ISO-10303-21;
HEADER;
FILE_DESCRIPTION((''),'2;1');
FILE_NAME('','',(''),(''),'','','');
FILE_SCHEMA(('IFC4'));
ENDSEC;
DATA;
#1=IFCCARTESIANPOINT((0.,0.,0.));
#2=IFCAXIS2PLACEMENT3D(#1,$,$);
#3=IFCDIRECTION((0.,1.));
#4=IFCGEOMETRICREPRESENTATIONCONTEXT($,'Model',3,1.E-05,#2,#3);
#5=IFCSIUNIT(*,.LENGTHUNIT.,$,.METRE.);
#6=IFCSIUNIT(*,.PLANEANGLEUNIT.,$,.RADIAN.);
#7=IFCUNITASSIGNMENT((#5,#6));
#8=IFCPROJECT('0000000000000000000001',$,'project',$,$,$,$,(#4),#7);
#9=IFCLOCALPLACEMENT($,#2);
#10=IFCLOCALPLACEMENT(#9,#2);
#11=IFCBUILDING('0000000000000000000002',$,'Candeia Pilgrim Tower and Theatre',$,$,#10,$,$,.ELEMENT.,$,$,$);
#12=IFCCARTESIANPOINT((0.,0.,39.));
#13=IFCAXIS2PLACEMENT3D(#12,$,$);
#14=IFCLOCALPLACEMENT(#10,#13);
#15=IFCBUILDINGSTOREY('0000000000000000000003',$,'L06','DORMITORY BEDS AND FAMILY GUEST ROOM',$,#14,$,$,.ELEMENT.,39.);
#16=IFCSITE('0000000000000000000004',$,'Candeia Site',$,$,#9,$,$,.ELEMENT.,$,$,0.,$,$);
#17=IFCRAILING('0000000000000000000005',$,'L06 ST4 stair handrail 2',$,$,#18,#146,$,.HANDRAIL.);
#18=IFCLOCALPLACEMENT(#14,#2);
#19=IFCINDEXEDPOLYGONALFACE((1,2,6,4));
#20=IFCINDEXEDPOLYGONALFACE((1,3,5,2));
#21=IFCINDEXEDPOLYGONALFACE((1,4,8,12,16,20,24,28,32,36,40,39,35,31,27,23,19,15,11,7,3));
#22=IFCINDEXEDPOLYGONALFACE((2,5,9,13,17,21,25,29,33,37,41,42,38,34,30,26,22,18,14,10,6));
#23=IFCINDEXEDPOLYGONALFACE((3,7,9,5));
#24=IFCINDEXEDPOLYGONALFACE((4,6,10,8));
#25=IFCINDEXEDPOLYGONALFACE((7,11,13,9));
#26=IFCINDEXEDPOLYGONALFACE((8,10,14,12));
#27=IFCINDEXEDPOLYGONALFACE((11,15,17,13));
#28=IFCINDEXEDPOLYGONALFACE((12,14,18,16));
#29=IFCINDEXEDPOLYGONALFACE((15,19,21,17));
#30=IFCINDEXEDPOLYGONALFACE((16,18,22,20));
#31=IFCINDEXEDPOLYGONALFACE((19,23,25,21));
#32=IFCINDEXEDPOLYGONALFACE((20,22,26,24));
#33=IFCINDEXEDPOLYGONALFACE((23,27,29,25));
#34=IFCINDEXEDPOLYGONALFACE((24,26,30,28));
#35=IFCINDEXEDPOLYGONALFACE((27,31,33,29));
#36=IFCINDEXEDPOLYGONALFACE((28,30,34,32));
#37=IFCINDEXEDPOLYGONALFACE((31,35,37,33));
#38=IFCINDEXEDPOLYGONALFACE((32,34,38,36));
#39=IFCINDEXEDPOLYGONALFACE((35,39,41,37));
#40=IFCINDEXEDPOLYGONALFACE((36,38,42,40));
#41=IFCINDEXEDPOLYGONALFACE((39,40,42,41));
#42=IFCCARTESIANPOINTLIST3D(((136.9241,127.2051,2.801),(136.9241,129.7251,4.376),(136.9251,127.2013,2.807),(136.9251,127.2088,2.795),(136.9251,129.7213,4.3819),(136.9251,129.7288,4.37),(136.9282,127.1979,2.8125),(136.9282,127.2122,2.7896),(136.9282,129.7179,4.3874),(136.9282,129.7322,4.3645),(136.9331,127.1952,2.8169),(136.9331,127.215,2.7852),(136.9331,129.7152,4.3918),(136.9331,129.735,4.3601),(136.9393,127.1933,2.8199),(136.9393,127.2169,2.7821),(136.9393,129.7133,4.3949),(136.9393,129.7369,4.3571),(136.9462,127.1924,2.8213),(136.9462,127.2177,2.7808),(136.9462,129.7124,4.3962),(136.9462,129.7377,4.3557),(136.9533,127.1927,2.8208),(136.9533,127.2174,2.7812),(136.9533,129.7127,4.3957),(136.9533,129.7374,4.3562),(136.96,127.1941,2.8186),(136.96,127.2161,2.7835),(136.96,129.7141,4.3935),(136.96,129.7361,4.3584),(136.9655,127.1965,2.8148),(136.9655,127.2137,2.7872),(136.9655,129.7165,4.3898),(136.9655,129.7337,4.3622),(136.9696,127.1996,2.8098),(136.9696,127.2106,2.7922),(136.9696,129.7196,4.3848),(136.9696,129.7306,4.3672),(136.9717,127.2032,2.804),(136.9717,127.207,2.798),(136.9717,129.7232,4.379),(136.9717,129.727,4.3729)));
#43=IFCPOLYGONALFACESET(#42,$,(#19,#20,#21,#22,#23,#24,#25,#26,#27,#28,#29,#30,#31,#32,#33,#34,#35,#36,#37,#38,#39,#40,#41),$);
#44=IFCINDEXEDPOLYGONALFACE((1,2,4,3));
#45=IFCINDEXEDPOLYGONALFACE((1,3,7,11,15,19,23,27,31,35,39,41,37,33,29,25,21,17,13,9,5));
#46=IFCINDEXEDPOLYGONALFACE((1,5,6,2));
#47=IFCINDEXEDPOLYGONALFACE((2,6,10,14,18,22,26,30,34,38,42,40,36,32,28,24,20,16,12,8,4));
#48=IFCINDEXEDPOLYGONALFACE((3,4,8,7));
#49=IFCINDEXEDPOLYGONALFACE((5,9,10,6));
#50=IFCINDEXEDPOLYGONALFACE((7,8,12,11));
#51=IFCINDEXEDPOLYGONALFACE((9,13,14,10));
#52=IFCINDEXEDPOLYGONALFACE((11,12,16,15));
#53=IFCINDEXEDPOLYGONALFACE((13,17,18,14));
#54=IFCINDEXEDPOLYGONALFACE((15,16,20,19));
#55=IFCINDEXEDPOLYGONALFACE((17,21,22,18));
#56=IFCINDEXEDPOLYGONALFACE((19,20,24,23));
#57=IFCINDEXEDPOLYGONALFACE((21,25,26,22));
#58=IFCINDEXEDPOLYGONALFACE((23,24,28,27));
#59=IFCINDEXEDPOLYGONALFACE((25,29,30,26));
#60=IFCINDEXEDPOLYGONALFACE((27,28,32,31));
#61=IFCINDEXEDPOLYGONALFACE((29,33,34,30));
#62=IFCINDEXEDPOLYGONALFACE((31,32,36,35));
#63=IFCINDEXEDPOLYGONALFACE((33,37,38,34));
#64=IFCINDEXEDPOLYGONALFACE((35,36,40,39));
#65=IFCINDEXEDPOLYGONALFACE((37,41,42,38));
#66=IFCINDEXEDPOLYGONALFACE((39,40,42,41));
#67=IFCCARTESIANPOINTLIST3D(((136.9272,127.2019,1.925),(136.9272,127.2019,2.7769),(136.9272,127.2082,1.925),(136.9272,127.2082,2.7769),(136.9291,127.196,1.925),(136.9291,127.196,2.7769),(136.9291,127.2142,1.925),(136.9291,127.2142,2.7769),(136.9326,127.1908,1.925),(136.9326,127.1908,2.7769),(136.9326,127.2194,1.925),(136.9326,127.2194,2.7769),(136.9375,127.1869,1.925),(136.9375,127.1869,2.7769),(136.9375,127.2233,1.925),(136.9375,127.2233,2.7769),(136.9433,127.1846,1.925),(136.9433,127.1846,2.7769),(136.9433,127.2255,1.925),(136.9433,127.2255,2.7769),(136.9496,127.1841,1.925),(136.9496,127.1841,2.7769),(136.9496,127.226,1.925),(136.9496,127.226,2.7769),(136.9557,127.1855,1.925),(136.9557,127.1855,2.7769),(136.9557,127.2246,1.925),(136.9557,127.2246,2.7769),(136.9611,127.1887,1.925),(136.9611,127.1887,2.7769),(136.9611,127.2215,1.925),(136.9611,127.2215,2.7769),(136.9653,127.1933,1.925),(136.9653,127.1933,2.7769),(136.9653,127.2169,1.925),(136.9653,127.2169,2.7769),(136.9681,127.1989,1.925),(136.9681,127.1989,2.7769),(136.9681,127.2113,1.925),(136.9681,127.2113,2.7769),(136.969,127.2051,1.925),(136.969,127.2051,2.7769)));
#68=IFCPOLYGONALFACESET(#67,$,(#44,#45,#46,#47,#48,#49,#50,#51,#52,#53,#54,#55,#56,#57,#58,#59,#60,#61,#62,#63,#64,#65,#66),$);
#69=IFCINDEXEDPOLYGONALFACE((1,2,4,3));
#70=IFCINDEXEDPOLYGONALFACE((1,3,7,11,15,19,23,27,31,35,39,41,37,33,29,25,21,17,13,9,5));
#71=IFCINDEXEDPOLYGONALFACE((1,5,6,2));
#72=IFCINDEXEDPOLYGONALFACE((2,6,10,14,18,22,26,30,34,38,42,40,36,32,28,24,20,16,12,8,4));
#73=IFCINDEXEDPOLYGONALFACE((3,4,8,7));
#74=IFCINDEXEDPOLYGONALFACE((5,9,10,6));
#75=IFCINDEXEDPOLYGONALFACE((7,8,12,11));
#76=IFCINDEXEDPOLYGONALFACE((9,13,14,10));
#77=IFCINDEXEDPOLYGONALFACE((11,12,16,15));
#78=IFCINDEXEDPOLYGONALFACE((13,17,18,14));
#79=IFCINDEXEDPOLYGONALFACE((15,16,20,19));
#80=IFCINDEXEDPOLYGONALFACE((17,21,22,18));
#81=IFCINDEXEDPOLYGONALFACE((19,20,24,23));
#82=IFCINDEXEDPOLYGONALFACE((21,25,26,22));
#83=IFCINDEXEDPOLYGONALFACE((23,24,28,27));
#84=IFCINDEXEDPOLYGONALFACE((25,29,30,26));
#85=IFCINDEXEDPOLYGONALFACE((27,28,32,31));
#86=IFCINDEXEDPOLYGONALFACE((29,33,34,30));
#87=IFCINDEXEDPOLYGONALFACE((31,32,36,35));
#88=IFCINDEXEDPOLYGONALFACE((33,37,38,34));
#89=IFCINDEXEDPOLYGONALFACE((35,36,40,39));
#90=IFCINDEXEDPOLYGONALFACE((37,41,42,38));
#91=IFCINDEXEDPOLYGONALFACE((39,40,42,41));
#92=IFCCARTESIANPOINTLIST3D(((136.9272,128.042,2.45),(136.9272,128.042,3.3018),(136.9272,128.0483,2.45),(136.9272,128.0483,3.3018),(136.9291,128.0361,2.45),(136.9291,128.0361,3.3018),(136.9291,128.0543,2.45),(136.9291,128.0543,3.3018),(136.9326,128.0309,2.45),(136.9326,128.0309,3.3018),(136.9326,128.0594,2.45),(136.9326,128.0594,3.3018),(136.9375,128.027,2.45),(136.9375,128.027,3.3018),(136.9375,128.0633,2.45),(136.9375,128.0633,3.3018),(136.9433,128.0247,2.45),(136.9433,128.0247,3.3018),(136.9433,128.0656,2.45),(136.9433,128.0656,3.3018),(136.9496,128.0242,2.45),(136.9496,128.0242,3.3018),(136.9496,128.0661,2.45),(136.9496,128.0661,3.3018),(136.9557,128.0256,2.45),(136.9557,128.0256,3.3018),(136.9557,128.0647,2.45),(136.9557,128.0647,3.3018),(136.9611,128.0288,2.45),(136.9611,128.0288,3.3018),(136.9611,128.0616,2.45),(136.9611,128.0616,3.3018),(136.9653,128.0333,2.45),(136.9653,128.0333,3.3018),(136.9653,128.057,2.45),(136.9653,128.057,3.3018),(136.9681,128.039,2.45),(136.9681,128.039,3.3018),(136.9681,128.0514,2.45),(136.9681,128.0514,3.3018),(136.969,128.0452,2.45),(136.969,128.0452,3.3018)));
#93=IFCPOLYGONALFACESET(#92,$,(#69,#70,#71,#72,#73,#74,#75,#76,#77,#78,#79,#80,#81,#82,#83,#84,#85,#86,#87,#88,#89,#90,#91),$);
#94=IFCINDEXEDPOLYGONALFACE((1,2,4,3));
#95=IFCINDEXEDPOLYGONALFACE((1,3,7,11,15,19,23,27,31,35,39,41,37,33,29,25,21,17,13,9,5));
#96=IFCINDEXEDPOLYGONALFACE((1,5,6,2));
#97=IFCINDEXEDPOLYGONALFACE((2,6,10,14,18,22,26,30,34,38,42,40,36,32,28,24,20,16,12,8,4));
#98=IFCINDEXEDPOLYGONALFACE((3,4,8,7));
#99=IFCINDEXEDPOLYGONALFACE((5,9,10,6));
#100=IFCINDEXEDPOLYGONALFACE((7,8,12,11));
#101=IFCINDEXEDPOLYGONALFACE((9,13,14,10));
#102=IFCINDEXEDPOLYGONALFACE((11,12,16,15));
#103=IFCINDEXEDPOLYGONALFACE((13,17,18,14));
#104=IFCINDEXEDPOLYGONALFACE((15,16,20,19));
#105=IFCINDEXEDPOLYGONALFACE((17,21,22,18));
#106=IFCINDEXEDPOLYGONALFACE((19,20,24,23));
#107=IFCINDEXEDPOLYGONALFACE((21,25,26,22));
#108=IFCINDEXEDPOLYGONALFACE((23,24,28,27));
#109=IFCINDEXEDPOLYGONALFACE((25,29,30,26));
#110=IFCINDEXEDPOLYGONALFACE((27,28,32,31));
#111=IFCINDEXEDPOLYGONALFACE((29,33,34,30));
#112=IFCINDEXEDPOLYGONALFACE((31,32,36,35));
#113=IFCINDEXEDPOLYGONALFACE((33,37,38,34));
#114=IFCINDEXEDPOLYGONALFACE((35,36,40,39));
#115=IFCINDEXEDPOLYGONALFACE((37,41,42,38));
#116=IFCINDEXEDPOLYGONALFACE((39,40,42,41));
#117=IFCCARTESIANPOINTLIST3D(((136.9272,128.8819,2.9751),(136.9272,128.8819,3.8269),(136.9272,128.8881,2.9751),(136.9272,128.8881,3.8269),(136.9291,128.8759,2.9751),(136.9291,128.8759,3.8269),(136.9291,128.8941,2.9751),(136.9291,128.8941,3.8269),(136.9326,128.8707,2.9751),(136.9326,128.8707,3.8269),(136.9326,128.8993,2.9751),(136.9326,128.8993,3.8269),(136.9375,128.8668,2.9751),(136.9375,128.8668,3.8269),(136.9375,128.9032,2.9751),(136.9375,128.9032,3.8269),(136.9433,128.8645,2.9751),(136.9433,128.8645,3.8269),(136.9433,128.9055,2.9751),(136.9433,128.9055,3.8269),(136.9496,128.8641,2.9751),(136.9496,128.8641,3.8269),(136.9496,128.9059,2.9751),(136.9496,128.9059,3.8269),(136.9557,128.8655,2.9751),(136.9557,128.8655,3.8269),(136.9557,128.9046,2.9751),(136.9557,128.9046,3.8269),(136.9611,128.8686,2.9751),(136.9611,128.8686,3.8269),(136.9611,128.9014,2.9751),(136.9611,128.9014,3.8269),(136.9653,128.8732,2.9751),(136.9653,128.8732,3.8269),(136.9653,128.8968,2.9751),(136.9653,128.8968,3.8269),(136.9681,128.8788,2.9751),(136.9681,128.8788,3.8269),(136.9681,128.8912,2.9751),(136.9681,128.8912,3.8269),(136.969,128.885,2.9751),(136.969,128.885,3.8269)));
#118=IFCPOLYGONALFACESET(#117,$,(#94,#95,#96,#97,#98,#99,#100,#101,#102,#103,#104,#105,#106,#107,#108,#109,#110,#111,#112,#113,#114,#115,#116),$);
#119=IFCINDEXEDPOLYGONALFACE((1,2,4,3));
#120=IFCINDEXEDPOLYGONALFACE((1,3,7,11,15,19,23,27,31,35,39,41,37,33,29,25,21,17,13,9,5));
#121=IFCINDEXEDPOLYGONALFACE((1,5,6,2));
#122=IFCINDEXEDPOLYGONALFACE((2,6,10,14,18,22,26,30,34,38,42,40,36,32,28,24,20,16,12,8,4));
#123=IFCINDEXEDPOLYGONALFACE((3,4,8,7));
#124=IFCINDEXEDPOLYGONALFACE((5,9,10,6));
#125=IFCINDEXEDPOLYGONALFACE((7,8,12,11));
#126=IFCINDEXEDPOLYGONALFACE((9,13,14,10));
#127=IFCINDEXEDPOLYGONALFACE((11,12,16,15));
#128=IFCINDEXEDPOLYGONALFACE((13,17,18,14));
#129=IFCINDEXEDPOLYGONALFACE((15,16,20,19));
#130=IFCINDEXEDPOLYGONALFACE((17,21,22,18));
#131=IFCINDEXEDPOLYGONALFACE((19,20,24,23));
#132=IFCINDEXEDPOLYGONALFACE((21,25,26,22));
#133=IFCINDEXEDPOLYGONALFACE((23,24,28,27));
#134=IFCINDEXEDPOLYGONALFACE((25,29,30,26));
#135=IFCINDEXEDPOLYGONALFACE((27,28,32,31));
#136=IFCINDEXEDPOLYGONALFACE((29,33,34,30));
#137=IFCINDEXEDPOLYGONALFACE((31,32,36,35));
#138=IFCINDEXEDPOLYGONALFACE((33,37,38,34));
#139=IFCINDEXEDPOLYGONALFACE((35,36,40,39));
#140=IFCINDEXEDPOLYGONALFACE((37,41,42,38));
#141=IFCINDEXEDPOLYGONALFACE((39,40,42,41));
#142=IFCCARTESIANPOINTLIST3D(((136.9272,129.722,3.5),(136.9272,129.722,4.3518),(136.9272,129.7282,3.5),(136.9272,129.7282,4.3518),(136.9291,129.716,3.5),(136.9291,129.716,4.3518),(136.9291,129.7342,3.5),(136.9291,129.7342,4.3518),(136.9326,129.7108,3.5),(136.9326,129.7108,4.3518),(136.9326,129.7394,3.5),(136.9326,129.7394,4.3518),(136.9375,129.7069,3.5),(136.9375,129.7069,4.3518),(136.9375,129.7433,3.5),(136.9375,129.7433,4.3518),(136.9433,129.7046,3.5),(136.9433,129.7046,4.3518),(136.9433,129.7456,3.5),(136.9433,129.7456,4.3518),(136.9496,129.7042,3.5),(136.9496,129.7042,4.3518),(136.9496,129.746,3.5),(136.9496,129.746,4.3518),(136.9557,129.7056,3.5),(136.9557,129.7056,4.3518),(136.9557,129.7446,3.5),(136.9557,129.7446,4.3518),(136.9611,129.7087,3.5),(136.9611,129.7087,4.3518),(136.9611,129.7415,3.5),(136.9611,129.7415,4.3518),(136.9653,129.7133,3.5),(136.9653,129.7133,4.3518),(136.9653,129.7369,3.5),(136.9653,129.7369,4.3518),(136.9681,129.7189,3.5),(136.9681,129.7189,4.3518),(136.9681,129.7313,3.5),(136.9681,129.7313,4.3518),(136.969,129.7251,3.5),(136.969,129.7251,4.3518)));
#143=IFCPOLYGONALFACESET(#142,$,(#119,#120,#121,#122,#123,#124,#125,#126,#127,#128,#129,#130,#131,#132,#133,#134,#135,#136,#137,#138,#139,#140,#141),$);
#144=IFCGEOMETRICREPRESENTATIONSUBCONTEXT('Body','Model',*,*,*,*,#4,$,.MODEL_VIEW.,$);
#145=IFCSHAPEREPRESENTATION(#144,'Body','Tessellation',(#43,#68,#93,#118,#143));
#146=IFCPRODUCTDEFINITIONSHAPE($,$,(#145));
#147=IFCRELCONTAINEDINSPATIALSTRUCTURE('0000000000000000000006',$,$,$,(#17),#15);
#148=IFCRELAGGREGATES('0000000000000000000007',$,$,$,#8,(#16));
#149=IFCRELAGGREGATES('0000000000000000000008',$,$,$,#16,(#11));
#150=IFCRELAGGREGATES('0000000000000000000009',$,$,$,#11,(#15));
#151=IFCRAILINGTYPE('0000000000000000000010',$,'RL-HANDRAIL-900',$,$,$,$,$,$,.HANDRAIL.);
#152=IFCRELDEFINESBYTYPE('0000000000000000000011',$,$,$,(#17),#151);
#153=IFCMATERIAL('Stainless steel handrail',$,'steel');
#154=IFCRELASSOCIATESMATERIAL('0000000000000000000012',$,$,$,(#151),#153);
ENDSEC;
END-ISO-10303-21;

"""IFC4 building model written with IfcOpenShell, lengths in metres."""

from ifc_helpers import new_model, si_unit, direction, frame, origin, origin_2d, place, context, subcontext, project, spatial, circle, extrude, material, type_object, element, save


model = new_model("IFC4")

# Units and contexts
model_context = context("Model", 3, precision=1e-05, world=origin(), true_north=direction((0.0, 1.0)))
body_context = subcontext(model_context, "Body", "Model", "MODEL_VIEW")
ifc_project = project(units=[si_unit("LENGTHUNIT", "METRE"), si_unit("PLANEANGLEUNIT", "RADIAN")], contexts=[model_context])

# Site, building, storey
site_placement = place(None, origin())
site = spatial("IfcSite", under=ifc_project, at=site_placement, Name="Candeia Site", CompositionType="ELEMENT", RefElevation=0.0)
building_placement = place(site_placement, origin())
building = spatial("IfcBuilding", under=site, at=building_placement, Name="Candeia Pilgrim Tower and Theatre", CompositionType="ELEMENT")
storey_placement = place(building_placement, frame((0.0, 0.0, 39.0)))
storey = spatial("IfcBuildingStorey", under=building, at=storey_placement, Name="L06", Description="DORMITORY BEDS AND FAMILY GUEST ROOM", CompositionType="ELEMENT", Elevation=39.0)

# Railing
ifc_material_1 = material(Name="Stainless steel handrail", Category="steel")
railing_type_1 = type_object("IfcRailingType", Name="RL-HANDRAIL-900", PredefinedType="HANDRAIL", material=ifc_material_1)
railing_1_placement = place(storey_placement, frame((136.948, 127.2051, 1.925)))
element("IfcRailing", 1, at=railing_1_placement, inside=storey, type_object=railing_type_1, Name="L06 ST4 stair handrail 2", PredefinedType="HANDRAIL", context=body_context, shape_type="SweptSolid", body=[
    extrude(circle(Radius=0.0239, at=origin_2d()), frame((0.0, 0.0, 0.876), z_axis=(0.0, 0.848008, 0.529984), x_axis=(-1.0, 0.0, 0.0)), (0.0, 0.0, 1.0), 2.9717),
    extrude(circle(Radius=0.021, at=origin_2d()), origin(), (0.0, 0.0, 1.0), 0.8518),
    extrude(circle(Radius=0.021, at=origin_2d()), frame((0.0, 0.8401, 0.5249)), (0.0, 0.0, 1.0), 0.8518),
    extrude(circle(Radius=0.021, at=origin_2d()), frame((0.0, 1.6799, 1.05)), (0.0, 0.0, 1.0), 0.8518),
    extrude(circle(Radius=0.021, at=origin_2d()), frame((0.0, 2.52, 1.575)), (0.0, 0.0, 1.0), 0.8518),
])

save(model, "model.ifc")
